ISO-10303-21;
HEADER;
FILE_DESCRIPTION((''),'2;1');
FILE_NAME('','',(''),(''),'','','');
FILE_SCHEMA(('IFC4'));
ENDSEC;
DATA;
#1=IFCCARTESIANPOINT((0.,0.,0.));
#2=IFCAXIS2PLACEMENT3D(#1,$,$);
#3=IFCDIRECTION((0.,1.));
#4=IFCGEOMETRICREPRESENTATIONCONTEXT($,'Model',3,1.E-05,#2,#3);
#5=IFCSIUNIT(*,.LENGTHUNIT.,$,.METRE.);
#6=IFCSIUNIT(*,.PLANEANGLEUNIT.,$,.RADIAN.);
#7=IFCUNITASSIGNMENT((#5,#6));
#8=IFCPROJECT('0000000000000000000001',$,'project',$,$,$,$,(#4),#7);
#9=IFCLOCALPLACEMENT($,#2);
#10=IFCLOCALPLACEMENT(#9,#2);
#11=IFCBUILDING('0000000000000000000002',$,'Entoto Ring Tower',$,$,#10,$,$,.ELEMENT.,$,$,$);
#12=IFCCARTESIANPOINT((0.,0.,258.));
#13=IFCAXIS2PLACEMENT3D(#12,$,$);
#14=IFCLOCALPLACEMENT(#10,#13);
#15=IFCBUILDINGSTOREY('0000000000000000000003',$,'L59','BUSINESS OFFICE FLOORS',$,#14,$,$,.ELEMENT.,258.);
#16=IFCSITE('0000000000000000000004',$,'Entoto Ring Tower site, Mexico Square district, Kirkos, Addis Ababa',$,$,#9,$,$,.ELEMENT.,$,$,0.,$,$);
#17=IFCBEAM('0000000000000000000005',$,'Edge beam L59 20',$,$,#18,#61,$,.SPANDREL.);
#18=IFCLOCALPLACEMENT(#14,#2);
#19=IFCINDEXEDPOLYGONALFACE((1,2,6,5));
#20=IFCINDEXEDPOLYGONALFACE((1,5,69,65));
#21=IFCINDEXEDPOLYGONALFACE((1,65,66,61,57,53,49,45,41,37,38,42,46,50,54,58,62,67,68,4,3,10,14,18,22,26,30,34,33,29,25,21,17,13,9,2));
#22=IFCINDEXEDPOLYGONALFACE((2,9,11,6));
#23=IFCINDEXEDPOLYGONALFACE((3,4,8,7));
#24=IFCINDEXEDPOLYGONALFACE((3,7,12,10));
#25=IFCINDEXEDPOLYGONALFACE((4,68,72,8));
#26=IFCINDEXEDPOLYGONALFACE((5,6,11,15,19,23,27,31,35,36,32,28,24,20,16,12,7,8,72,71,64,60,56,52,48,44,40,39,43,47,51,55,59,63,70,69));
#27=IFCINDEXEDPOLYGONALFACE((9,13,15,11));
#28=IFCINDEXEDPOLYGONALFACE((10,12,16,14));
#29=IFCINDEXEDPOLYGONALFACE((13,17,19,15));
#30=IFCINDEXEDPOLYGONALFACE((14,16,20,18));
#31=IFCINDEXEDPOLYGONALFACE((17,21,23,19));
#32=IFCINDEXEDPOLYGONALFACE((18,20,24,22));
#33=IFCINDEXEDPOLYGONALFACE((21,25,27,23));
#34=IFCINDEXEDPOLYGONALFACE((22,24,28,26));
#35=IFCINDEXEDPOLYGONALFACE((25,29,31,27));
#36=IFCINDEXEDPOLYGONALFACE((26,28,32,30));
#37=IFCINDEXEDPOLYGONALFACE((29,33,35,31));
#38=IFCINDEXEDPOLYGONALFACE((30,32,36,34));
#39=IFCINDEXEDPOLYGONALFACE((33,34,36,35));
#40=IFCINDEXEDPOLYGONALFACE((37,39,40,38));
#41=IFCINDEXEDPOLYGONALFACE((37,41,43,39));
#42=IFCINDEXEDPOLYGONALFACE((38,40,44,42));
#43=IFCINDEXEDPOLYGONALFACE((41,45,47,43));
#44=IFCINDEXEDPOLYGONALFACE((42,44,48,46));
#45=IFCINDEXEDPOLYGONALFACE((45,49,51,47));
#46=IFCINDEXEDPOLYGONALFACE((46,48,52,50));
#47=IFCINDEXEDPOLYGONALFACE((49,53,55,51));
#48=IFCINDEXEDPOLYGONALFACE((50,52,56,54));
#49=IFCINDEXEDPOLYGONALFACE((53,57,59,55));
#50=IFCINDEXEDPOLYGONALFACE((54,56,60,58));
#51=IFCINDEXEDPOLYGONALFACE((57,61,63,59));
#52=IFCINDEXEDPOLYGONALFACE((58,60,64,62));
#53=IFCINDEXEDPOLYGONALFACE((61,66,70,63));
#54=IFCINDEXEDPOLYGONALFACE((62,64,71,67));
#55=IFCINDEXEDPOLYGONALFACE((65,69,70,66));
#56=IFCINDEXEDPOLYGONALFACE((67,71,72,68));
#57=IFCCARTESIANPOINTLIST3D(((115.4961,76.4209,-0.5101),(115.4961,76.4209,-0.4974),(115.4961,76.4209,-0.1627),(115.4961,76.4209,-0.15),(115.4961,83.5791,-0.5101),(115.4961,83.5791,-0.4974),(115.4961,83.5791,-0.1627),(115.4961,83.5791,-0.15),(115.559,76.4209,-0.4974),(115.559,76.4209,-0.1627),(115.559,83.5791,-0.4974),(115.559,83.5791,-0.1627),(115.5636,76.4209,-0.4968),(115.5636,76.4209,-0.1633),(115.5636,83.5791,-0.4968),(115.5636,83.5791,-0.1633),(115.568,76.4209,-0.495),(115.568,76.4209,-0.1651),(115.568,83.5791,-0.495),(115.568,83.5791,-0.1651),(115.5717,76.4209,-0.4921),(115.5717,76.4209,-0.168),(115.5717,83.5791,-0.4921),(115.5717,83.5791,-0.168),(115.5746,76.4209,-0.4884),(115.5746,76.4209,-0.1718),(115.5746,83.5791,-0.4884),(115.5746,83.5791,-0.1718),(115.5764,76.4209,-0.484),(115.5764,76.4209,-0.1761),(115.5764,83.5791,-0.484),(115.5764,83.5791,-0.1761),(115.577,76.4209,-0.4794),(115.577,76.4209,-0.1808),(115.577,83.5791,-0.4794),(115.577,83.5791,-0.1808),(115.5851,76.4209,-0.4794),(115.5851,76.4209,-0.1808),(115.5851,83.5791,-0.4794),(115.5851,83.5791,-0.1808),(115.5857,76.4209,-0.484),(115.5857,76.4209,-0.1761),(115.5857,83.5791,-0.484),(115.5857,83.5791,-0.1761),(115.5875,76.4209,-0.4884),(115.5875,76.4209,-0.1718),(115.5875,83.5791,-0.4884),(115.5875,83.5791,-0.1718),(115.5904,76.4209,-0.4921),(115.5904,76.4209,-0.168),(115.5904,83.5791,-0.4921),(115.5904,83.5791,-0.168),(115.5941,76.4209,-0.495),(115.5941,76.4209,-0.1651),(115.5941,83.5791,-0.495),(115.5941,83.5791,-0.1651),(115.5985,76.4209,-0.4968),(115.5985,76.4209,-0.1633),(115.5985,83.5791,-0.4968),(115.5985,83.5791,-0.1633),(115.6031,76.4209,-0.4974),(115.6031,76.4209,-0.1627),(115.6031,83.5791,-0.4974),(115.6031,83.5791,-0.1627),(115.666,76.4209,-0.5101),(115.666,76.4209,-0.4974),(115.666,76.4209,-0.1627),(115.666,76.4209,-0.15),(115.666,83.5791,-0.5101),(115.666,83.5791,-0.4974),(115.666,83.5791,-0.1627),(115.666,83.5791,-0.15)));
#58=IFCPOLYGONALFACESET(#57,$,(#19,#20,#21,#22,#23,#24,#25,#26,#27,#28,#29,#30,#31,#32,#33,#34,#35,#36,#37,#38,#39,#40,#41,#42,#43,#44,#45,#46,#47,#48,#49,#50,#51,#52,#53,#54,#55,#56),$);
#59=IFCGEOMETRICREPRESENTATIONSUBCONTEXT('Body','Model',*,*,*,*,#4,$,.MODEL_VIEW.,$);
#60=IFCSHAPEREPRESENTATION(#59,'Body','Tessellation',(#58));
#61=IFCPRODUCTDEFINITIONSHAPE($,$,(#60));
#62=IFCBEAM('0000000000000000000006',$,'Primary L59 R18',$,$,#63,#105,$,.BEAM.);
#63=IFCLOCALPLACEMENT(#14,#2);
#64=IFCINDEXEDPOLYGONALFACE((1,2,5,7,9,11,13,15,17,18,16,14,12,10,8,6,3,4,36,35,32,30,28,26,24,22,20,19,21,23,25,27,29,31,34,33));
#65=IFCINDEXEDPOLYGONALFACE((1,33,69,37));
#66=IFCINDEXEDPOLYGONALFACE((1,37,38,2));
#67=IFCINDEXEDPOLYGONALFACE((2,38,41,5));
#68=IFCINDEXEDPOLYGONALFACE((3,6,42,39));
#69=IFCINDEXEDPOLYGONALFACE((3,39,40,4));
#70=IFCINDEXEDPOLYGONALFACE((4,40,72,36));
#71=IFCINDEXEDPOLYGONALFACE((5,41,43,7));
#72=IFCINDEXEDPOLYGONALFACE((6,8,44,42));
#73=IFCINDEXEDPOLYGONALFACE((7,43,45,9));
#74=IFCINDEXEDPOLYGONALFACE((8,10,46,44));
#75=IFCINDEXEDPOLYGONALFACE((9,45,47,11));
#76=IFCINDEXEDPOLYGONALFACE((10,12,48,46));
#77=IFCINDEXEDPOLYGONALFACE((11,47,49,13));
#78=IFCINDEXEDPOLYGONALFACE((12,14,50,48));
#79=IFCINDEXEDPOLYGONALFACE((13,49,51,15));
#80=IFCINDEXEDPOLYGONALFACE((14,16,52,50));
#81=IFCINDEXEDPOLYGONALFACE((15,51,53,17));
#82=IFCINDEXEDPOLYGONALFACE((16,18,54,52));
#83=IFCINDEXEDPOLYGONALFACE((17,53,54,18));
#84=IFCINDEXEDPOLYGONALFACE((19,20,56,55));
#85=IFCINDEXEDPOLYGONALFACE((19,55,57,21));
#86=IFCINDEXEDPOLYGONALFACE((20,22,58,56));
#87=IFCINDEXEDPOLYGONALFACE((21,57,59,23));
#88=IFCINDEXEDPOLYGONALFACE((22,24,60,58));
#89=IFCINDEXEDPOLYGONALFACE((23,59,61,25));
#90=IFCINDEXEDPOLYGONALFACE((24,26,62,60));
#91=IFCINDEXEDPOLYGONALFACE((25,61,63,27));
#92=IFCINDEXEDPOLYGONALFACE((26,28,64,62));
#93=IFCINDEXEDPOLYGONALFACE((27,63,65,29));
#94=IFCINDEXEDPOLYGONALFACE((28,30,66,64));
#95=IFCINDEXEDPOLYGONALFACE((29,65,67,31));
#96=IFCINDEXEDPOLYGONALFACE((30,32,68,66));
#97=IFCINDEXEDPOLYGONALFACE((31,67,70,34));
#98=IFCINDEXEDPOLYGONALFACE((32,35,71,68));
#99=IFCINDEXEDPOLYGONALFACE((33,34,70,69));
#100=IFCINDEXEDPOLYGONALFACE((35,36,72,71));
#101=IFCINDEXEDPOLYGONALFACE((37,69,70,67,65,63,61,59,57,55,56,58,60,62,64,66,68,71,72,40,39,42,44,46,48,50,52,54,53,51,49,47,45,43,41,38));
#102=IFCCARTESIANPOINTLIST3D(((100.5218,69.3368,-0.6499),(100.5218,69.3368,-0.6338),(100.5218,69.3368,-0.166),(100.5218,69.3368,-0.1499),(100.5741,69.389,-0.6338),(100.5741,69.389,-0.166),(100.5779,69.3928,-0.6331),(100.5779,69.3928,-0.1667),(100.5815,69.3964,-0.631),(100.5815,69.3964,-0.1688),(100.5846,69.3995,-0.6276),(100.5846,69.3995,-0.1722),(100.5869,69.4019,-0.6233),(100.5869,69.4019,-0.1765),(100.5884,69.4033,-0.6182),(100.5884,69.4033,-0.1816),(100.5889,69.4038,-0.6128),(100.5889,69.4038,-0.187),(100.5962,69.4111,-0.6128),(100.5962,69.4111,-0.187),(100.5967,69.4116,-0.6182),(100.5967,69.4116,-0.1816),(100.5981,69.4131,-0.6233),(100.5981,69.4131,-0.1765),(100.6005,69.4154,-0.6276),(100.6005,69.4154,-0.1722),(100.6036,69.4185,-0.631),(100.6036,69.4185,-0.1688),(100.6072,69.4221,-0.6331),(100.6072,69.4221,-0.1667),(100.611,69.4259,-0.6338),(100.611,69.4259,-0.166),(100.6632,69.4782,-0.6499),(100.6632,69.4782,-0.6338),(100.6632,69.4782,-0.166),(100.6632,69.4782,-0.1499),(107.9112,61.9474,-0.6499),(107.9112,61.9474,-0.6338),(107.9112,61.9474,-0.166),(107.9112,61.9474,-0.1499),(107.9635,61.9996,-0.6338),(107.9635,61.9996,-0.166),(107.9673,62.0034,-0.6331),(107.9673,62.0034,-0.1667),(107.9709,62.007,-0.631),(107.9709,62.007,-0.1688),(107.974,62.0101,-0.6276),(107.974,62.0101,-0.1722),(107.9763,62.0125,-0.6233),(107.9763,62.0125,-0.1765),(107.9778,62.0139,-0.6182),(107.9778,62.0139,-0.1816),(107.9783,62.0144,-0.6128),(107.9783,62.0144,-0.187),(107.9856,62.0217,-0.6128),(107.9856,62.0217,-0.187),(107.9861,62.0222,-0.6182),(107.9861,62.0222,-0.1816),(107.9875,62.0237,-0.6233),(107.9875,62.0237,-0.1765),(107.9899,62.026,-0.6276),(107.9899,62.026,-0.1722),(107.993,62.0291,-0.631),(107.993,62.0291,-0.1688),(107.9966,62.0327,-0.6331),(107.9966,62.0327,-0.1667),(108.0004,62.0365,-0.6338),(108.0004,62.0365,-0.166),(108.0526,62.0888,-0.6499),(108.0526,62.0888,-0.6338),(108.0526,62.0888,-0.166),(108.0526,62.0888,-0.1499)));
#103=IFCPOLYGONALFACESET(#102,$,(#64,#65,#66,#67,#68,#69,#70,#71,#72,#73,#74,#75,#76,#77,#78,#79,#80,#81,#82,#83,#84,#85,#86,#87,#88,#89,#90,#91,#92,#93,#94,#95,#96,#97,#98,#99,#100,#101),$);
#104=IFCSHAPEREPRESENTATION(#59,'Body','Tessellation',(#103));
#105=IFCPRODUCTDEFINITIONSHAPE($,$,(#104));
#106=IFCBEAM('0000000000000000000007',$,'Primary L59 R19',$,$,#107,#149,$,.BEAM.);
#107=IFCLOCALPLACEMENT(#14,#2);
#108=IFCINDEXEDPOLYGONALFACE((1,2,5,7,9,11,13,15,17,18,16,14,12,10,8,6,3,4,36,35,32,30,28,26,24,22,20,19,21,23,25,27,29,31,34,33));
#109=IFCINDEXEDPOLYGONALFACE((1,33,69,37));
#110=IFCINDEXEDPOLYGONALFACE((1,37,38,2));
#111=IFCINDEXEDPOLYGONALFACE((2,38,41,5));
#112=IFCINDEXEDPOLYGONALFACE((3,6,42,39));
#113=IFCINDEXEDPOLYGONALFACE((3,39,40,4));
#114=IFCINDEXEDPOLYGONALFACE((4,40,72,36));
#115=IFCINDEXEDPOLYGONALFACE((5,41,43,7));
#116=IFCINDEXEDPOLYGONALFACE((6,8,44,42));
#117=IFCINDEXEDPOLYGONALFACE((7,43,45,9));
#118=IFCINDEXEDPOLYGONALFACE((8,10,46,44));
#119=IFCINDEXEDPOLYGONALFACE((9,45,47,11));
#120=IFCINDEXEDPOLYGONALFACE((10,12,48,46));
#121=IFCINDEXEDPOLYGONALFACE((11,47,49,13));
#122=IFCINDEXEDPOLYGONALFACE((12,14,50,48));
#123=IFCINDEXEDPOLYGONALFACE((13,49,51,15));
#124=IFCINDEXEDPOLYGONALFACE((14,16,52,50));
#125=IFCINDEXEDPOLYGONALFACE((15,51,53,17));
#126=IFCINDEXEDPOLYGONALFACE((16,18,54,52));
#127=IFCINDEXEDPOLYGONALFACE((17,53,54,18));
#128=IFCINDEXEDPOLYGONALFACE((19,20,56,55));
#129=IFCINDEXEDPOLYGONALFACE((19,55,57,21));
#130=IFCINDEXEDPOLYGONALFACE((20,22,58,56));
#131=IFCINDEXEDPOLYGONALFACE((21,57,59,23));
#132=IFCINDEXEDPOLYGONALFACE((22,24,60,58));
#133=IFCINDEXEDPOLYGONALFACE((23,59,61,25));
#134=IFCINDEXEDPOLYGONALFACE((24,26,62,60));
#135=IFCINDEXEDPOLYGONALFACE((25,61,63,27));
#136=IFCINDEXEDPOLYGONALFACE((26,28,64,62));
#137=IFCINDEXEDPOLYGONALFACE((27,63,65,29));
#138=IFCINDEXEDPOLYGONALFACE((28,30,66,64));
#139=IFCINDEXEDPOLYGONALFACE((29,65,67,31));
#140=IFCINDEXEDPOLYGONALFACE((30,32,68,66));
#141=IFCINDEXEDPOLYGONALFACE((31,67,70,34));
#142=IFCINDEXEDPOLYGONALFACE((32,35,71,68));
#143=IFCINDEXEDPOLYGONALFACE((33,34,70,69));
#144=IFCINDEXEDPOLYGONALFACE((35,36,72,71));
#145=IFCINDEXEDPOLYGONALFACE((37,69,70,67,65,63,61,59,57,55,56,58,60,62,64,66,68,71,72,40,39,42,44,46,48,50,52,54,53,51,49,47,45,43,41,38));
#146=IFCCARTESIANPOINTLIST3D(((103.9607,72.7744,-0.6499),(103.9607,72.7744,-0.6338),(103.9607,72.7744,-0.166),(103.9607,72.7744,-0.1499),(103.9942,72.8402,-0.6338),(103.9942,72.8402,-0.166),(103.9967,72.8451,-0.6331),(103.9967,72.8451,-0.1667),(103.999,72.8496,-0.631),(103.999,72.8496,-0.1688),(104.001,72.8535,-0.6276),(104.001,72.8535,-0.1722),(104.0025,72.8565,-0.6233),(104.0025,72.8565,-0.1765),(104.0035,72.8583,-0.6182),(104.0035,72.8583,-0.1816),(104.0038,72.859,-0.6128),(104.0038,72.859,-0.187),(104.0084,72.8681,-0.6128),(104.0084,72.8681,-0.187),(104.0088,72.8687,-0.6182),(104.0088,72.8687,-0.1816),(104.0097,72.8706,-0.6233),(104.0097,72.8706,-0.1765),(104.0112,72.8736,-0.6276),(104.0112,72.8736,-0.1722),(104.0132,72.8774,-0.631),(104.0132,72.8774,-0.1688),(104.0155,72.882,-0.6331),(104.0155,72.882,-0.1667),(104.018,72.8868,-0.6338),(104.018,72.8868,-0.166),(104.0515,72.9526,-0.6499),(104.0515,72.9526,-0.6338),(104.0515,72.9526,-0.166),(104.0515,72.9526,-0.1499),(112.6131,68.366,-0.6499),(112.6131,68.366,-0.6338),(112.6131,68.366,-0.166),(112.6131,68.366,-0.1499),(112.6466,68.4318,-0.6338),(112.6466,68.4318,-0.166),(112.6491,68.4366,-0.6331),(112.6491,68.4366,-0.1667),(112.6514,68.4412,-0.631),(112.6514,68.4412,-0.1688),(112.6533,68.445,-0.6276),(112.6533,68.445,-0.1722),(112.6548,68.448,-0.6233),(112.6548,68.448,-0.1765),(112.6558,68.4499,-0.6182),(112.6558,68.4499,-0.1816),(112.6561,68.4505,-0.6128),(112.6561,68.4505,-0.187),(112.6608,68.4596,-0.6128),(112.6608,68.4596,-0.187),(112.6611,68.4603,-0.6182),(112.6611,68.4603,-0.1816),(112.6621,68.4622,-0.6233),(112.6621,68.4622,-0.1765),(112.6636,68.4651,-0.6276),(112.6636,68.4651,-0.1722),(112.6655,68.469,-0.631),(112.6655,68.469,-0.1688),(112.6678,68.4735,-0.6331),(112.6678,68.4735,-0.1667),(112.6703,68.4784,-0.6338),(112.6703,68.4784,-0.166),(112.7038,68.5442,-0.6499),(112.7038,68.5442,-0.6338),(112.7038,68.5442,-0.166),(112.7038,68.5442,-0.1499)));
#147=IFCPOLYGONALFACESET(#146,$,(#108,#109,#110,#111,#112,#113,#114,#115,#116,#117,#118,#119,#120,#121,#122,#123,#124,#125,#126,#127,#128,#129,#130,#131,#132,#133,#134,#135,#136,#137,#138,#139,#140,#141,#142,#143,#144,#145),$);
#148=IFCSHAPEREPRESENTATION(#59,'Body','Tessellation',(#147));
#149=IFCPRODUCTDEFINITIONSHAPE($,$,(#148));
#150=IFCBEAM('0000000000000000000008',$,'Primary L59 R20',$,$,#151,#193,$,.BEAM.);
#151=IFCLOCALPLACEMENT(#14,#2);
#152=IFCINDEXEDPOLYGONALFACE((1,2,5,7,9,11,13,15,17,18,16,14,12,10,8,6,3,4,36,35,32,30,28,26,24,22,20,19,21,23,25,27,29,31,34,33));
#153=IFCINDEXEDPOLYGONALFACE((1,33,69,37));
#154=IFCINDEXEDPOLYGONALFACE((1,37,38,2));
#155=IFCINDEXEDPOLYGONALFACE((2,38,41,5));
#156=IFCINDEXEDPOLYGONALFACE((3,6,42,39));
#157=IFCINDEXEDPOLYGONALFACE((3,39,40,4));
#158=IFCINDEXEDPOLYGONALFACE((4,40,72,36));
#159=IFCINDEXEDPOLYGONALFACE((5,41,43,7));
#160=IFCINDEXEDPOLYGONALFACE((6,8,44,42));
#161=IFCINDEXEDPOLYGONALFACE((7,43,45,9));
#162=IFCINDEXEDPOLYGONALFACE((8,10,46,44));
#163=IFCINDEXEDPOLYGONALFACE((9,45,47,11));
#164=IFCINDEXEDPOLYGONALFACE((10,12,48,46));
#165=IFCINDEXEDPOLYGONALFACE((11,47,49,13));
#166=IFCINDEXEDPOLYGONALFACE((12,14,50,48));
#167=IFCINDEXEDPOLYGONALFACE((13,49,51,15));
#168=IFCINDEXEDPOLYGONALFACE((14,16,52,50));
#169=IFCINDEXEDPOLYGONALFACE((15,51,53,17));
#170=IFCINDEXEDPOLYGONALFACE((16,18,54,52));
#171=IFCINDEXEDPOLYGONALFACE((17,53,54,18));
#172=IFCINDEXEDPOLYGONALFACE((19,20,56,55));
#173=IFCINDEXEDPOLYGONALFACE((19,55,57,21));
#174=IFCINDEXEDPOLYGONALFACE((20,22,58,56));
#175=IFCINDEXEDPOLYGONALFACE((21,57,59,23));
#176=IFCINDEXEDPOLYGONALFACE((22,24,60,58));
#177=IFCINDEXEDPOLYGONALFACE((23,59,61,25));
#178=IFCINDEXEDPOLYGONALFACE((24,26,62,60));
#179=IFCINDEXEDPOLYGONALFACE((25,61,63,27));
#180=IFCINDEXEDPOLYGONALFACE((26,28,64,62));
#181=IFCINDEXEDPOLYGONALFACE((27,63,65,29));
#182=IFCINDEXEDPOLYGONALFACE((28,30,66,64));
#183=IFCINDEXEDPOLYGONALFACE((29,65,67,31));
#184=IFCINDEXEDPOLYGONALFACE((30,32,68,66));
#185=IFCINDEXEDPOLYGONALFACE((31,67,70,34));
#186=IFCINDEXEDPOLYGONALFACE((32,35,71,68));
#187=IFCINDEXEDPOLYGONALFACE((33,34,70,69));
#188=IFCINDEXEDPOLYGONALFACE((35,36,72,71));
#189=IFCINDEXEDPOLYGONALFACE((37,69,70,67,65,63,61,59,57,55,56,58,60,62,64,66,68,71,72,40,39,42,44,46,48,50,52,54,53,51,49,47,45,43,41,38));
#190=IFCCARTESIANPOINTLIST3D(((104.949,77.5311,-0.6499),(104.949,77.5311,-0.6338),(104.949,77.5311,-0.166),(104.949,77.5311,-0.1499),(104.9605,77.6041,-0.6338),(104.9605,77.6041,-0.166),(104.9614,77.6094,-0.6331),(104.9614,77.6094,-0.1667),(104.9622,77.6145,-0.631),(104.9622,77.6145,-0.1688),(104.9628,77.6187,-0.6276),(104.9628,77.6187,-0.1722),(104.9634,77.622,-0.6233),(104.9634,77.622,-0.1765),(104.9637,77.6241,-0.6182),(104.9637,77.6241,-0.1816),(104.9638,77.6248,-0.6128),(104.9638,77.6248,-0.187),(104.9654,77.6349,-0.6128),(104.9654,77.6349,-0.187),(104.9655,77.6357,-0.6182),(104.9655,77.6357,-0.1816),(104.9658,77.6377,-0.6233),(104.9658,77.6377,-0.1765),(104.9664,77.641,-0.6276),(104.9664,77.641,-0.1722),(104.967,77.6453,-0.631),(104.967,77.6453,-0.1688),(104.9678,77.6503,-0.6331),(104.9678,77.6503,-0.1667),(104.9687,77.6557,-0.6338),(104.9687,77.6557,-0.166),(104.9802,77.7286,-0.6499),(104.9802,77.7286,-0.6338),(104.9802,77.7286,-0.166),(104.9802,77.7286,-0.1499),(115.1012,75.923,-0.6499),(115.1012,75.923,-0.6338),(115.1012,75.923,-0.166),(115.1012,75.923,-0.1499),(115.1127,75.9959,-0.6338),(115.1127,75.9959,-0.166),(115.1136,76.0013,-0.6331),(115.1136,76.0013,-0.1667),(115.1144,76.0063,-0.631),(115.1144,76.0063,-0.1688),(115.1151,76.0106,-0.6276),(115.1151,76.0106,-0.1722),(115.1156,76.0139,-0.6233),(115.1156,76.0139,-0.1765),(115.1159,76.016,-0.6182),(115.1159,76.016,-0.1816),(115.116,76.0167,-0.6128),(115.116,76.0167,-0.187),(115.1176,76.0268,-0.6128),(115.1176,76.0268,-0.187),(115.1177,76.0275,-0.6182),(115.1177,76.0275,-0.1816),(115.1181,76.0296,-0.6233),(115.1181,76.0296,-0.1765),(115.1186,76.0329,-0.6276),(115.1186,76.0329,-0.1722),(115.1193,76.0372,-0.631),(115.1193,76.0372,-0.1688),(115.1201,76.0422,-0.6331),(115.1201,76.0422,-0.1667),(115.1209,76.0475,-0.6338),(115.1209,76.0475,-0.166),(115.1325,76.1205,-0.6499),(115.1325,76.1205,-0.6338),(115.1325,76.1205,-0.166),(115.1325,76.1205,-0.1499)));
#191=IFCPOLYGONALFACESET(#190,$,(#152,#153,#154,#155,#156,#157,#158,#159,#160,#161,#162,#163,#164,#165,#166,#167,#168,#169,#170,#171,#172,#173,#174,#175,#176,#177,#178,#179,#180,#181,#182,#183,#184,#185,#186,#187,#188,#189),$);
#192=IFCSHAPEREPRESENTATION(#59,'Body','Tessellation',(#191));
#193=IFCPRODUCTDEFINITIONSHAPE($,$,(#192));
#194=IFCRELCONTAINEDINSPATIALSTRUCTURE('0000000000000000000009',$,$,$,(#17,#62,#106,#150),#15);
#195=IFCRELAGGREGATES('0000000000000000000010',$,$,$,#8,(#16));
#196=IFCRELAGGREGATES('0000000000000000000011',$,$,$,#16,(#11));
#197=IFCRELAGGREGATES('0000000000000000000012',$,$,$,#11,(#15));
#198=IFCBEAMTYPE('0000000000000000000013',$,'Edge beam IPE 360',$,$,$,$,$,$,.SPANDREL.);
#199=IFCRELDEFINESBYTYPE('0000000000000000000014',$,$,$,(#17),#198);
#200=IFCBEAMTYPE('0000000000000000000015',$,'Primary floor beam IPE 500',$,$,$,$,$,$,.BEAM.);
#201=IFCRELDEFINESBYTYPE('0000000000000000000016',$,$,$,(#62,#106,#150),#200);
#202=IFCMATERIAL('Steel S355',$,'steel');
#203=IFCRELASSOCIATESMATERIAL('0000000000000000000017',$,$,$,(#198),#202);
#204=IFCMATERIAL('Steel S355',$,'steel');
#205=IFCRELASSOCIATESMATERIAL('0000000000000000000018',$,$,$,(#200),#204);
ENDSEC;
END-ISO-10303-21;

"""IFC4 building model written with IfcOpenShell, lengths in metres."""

from ifc_helpers import new_model, si_unit, direction, frame, origin, origin_2d, place, context, subcontext, project, spatial, i_section, extrude, material, material_profile, profile_set, type_object, element, save


model = new_model("IFC4")

# Units and contexts
model_context = context("Model", 3, precision=1e-05, world=origin(), true_north=direction((0.0, 1.0)))
body_context = subcontext(model_context, "Body", "Model", "MODEL_VIEW")
ifc_project = project(units=[si_unit("LENGTHUNIT", "METRE"), si_unit("PLANEANGLEUNIT", "RADIAN")], contexts=[model_context])

# Site, building, storey
site_placement = place(None, origin())
site = spatial("IfcSite", under=ifc_project, at=site_placement, Name="Entoto Ring Tower site, Mexico Square district, Kirkos, Addis Ababa", CompositionType="ELEMENT", RefElevation=0.0)
building_placement = place(site_placement, origin())
building = spatial("IfcBuilding", under=site, at=building_placement, Name="Entoto Ring Tower", CompositionType="ELEMENT")
storey_placement = place(building_placement, frame((0.0, 0.0, 258.0)))
storey = spatial("IfcBuildingStorey", under=building, at=storey_placement, Name="L59", Description="BUSINESS OFFICE FLOORS", CompositionType="ELEMENT", Elevation=258.0)

# Beams
ifc_material_1 = material(Name="Steel S355", Category="steel")
ifc_material_profile_1 = material_profile(ifc_material_1, i_section(OverallWidth=0.1699, OverallDepth=0.3601, WebThickness=0.0081, FlangeThickness=0.0127, FilletRadius=0.0181, at=origin_2d()), Name="IPE 360")
ifc_profile_set_1 = profile_set([ifc_material_profile_1], Name="Steel S355")
beam_type_1 = type_object("IfcBeamType", Name="Edge beam IPE 360", PredefinedType="SPANDREL", material=ifc_profile_set_1)
beam_1_placement = place(storey_placement, frame((115.5811, 76.4209, -0.3301), z_axis=(0.0, 1.0, 0.0), x_axis=(-1.0, 0.0, 0.0)))
element("IfcBeam", 1, at=beam_1_placement, inside=storey, type_object=beam_type_1, Name="Edge beam L59 20", PredefinedType="SPANDREL", context=body_context, shape_type="SweptSolid", body=[
    extrude(i_section(OverallWidth=0.1699, OverallDepth=0.3601, WebThickness=0.0081, FlangeThickness=0.0127, FilletRadius=0.0181, at=origin_2d()), origin(), (0.0, 0.0, 1.0), 7.1582),
])
ifc_material_2 = material(Name="Steel S355", Category="steel")
ifc_material_profile_2 = material_profile(ifc_material_2, i_section(OverallWidth=0.2, OverallDepth=0.5, WebThickness=0.0103, FlangeThickness=0.0161, FilletRadius=0.021, at=origin_2d()), Name="IPE 500")
ifc_profile_set_2 = profile_set([ifc_material_profile_2], Name="Steel S355")
beam_type_2 = type_object("IfcBeamType", Name="Primary floor beam IPE 500", PredefinedType="BEAM", material=ifc_profile_set_2)
beam_2_placement = place(storey_placement, frame((100.5925, 69.4075, -0.3999), z_axis=(0.707107, -0.707107, 0.0), x_axis=(0.707107, 0.707107, 0.0)))
element("IfcBeam", 2, at=beam_2_placement, inside=storey, type_object=beam_type_2, Name="Primary L59 R18", PredefinedType="BEAM", context=body_context, shape_type="SweptSolid", body=[
    extrude(i_section(OverallWidth=0.2, OverallDepth=0.5, WebThickness=0.0103, FlangeThickness=0.0161, FilletRadius=0.021, at=origin_2d()), origin(), (0.0, 0.0, 1.0), 10.4502),
])
beam_3_placement = place(storey_placement, frame((104.0061, 72.8635, -0.3999), z_axis=(0.891012, -0.453979, 0.0), x_axis=(0.453979, 0.891012, 0.0)))
element("IfcBeam", 3, at=beam_3_placement, inside=storey, type_object=beam_type_2, Name="Primary L59 R19", PredefinedType="BEAM", context=body_context, shape_type="SweptSolid", body=[
    extrude(i_section(OverallWidth=0.2, OverallDepth=0.5, WebThickness=0.0103, FlangeThickness=0.0161, FilletRadius=0.021, at=origin_2d()), origin(), (0.0, 0.0, 1.0), 9.7107),
])
beam_4_placement = place(storey_placement, frame((104.9646, 77.6299, -0.3999), z_axis=(0.987686, -0.156452, 0.0), x_axis=(0.156452, 0.987686, 0.0)))
element("IfcBeam", 4, at=beam_4_placement, inside=storey, type_object=beam_type_2, Name="Primary L59 R20", PredefinedType="BEAM", context=body_context, shape_type="SweptSolid", body=[
    extrude(i_section(OverallWidth=0.2, OverallDepth=0.5, WebThickness=0.0103, FlangeThickness=0.0161, FilletRadius=0.021, at=origin_2d()), origin(), (0.0, 0.0, 1.0), 10.2788),
])

save(model, "model.ifc")
